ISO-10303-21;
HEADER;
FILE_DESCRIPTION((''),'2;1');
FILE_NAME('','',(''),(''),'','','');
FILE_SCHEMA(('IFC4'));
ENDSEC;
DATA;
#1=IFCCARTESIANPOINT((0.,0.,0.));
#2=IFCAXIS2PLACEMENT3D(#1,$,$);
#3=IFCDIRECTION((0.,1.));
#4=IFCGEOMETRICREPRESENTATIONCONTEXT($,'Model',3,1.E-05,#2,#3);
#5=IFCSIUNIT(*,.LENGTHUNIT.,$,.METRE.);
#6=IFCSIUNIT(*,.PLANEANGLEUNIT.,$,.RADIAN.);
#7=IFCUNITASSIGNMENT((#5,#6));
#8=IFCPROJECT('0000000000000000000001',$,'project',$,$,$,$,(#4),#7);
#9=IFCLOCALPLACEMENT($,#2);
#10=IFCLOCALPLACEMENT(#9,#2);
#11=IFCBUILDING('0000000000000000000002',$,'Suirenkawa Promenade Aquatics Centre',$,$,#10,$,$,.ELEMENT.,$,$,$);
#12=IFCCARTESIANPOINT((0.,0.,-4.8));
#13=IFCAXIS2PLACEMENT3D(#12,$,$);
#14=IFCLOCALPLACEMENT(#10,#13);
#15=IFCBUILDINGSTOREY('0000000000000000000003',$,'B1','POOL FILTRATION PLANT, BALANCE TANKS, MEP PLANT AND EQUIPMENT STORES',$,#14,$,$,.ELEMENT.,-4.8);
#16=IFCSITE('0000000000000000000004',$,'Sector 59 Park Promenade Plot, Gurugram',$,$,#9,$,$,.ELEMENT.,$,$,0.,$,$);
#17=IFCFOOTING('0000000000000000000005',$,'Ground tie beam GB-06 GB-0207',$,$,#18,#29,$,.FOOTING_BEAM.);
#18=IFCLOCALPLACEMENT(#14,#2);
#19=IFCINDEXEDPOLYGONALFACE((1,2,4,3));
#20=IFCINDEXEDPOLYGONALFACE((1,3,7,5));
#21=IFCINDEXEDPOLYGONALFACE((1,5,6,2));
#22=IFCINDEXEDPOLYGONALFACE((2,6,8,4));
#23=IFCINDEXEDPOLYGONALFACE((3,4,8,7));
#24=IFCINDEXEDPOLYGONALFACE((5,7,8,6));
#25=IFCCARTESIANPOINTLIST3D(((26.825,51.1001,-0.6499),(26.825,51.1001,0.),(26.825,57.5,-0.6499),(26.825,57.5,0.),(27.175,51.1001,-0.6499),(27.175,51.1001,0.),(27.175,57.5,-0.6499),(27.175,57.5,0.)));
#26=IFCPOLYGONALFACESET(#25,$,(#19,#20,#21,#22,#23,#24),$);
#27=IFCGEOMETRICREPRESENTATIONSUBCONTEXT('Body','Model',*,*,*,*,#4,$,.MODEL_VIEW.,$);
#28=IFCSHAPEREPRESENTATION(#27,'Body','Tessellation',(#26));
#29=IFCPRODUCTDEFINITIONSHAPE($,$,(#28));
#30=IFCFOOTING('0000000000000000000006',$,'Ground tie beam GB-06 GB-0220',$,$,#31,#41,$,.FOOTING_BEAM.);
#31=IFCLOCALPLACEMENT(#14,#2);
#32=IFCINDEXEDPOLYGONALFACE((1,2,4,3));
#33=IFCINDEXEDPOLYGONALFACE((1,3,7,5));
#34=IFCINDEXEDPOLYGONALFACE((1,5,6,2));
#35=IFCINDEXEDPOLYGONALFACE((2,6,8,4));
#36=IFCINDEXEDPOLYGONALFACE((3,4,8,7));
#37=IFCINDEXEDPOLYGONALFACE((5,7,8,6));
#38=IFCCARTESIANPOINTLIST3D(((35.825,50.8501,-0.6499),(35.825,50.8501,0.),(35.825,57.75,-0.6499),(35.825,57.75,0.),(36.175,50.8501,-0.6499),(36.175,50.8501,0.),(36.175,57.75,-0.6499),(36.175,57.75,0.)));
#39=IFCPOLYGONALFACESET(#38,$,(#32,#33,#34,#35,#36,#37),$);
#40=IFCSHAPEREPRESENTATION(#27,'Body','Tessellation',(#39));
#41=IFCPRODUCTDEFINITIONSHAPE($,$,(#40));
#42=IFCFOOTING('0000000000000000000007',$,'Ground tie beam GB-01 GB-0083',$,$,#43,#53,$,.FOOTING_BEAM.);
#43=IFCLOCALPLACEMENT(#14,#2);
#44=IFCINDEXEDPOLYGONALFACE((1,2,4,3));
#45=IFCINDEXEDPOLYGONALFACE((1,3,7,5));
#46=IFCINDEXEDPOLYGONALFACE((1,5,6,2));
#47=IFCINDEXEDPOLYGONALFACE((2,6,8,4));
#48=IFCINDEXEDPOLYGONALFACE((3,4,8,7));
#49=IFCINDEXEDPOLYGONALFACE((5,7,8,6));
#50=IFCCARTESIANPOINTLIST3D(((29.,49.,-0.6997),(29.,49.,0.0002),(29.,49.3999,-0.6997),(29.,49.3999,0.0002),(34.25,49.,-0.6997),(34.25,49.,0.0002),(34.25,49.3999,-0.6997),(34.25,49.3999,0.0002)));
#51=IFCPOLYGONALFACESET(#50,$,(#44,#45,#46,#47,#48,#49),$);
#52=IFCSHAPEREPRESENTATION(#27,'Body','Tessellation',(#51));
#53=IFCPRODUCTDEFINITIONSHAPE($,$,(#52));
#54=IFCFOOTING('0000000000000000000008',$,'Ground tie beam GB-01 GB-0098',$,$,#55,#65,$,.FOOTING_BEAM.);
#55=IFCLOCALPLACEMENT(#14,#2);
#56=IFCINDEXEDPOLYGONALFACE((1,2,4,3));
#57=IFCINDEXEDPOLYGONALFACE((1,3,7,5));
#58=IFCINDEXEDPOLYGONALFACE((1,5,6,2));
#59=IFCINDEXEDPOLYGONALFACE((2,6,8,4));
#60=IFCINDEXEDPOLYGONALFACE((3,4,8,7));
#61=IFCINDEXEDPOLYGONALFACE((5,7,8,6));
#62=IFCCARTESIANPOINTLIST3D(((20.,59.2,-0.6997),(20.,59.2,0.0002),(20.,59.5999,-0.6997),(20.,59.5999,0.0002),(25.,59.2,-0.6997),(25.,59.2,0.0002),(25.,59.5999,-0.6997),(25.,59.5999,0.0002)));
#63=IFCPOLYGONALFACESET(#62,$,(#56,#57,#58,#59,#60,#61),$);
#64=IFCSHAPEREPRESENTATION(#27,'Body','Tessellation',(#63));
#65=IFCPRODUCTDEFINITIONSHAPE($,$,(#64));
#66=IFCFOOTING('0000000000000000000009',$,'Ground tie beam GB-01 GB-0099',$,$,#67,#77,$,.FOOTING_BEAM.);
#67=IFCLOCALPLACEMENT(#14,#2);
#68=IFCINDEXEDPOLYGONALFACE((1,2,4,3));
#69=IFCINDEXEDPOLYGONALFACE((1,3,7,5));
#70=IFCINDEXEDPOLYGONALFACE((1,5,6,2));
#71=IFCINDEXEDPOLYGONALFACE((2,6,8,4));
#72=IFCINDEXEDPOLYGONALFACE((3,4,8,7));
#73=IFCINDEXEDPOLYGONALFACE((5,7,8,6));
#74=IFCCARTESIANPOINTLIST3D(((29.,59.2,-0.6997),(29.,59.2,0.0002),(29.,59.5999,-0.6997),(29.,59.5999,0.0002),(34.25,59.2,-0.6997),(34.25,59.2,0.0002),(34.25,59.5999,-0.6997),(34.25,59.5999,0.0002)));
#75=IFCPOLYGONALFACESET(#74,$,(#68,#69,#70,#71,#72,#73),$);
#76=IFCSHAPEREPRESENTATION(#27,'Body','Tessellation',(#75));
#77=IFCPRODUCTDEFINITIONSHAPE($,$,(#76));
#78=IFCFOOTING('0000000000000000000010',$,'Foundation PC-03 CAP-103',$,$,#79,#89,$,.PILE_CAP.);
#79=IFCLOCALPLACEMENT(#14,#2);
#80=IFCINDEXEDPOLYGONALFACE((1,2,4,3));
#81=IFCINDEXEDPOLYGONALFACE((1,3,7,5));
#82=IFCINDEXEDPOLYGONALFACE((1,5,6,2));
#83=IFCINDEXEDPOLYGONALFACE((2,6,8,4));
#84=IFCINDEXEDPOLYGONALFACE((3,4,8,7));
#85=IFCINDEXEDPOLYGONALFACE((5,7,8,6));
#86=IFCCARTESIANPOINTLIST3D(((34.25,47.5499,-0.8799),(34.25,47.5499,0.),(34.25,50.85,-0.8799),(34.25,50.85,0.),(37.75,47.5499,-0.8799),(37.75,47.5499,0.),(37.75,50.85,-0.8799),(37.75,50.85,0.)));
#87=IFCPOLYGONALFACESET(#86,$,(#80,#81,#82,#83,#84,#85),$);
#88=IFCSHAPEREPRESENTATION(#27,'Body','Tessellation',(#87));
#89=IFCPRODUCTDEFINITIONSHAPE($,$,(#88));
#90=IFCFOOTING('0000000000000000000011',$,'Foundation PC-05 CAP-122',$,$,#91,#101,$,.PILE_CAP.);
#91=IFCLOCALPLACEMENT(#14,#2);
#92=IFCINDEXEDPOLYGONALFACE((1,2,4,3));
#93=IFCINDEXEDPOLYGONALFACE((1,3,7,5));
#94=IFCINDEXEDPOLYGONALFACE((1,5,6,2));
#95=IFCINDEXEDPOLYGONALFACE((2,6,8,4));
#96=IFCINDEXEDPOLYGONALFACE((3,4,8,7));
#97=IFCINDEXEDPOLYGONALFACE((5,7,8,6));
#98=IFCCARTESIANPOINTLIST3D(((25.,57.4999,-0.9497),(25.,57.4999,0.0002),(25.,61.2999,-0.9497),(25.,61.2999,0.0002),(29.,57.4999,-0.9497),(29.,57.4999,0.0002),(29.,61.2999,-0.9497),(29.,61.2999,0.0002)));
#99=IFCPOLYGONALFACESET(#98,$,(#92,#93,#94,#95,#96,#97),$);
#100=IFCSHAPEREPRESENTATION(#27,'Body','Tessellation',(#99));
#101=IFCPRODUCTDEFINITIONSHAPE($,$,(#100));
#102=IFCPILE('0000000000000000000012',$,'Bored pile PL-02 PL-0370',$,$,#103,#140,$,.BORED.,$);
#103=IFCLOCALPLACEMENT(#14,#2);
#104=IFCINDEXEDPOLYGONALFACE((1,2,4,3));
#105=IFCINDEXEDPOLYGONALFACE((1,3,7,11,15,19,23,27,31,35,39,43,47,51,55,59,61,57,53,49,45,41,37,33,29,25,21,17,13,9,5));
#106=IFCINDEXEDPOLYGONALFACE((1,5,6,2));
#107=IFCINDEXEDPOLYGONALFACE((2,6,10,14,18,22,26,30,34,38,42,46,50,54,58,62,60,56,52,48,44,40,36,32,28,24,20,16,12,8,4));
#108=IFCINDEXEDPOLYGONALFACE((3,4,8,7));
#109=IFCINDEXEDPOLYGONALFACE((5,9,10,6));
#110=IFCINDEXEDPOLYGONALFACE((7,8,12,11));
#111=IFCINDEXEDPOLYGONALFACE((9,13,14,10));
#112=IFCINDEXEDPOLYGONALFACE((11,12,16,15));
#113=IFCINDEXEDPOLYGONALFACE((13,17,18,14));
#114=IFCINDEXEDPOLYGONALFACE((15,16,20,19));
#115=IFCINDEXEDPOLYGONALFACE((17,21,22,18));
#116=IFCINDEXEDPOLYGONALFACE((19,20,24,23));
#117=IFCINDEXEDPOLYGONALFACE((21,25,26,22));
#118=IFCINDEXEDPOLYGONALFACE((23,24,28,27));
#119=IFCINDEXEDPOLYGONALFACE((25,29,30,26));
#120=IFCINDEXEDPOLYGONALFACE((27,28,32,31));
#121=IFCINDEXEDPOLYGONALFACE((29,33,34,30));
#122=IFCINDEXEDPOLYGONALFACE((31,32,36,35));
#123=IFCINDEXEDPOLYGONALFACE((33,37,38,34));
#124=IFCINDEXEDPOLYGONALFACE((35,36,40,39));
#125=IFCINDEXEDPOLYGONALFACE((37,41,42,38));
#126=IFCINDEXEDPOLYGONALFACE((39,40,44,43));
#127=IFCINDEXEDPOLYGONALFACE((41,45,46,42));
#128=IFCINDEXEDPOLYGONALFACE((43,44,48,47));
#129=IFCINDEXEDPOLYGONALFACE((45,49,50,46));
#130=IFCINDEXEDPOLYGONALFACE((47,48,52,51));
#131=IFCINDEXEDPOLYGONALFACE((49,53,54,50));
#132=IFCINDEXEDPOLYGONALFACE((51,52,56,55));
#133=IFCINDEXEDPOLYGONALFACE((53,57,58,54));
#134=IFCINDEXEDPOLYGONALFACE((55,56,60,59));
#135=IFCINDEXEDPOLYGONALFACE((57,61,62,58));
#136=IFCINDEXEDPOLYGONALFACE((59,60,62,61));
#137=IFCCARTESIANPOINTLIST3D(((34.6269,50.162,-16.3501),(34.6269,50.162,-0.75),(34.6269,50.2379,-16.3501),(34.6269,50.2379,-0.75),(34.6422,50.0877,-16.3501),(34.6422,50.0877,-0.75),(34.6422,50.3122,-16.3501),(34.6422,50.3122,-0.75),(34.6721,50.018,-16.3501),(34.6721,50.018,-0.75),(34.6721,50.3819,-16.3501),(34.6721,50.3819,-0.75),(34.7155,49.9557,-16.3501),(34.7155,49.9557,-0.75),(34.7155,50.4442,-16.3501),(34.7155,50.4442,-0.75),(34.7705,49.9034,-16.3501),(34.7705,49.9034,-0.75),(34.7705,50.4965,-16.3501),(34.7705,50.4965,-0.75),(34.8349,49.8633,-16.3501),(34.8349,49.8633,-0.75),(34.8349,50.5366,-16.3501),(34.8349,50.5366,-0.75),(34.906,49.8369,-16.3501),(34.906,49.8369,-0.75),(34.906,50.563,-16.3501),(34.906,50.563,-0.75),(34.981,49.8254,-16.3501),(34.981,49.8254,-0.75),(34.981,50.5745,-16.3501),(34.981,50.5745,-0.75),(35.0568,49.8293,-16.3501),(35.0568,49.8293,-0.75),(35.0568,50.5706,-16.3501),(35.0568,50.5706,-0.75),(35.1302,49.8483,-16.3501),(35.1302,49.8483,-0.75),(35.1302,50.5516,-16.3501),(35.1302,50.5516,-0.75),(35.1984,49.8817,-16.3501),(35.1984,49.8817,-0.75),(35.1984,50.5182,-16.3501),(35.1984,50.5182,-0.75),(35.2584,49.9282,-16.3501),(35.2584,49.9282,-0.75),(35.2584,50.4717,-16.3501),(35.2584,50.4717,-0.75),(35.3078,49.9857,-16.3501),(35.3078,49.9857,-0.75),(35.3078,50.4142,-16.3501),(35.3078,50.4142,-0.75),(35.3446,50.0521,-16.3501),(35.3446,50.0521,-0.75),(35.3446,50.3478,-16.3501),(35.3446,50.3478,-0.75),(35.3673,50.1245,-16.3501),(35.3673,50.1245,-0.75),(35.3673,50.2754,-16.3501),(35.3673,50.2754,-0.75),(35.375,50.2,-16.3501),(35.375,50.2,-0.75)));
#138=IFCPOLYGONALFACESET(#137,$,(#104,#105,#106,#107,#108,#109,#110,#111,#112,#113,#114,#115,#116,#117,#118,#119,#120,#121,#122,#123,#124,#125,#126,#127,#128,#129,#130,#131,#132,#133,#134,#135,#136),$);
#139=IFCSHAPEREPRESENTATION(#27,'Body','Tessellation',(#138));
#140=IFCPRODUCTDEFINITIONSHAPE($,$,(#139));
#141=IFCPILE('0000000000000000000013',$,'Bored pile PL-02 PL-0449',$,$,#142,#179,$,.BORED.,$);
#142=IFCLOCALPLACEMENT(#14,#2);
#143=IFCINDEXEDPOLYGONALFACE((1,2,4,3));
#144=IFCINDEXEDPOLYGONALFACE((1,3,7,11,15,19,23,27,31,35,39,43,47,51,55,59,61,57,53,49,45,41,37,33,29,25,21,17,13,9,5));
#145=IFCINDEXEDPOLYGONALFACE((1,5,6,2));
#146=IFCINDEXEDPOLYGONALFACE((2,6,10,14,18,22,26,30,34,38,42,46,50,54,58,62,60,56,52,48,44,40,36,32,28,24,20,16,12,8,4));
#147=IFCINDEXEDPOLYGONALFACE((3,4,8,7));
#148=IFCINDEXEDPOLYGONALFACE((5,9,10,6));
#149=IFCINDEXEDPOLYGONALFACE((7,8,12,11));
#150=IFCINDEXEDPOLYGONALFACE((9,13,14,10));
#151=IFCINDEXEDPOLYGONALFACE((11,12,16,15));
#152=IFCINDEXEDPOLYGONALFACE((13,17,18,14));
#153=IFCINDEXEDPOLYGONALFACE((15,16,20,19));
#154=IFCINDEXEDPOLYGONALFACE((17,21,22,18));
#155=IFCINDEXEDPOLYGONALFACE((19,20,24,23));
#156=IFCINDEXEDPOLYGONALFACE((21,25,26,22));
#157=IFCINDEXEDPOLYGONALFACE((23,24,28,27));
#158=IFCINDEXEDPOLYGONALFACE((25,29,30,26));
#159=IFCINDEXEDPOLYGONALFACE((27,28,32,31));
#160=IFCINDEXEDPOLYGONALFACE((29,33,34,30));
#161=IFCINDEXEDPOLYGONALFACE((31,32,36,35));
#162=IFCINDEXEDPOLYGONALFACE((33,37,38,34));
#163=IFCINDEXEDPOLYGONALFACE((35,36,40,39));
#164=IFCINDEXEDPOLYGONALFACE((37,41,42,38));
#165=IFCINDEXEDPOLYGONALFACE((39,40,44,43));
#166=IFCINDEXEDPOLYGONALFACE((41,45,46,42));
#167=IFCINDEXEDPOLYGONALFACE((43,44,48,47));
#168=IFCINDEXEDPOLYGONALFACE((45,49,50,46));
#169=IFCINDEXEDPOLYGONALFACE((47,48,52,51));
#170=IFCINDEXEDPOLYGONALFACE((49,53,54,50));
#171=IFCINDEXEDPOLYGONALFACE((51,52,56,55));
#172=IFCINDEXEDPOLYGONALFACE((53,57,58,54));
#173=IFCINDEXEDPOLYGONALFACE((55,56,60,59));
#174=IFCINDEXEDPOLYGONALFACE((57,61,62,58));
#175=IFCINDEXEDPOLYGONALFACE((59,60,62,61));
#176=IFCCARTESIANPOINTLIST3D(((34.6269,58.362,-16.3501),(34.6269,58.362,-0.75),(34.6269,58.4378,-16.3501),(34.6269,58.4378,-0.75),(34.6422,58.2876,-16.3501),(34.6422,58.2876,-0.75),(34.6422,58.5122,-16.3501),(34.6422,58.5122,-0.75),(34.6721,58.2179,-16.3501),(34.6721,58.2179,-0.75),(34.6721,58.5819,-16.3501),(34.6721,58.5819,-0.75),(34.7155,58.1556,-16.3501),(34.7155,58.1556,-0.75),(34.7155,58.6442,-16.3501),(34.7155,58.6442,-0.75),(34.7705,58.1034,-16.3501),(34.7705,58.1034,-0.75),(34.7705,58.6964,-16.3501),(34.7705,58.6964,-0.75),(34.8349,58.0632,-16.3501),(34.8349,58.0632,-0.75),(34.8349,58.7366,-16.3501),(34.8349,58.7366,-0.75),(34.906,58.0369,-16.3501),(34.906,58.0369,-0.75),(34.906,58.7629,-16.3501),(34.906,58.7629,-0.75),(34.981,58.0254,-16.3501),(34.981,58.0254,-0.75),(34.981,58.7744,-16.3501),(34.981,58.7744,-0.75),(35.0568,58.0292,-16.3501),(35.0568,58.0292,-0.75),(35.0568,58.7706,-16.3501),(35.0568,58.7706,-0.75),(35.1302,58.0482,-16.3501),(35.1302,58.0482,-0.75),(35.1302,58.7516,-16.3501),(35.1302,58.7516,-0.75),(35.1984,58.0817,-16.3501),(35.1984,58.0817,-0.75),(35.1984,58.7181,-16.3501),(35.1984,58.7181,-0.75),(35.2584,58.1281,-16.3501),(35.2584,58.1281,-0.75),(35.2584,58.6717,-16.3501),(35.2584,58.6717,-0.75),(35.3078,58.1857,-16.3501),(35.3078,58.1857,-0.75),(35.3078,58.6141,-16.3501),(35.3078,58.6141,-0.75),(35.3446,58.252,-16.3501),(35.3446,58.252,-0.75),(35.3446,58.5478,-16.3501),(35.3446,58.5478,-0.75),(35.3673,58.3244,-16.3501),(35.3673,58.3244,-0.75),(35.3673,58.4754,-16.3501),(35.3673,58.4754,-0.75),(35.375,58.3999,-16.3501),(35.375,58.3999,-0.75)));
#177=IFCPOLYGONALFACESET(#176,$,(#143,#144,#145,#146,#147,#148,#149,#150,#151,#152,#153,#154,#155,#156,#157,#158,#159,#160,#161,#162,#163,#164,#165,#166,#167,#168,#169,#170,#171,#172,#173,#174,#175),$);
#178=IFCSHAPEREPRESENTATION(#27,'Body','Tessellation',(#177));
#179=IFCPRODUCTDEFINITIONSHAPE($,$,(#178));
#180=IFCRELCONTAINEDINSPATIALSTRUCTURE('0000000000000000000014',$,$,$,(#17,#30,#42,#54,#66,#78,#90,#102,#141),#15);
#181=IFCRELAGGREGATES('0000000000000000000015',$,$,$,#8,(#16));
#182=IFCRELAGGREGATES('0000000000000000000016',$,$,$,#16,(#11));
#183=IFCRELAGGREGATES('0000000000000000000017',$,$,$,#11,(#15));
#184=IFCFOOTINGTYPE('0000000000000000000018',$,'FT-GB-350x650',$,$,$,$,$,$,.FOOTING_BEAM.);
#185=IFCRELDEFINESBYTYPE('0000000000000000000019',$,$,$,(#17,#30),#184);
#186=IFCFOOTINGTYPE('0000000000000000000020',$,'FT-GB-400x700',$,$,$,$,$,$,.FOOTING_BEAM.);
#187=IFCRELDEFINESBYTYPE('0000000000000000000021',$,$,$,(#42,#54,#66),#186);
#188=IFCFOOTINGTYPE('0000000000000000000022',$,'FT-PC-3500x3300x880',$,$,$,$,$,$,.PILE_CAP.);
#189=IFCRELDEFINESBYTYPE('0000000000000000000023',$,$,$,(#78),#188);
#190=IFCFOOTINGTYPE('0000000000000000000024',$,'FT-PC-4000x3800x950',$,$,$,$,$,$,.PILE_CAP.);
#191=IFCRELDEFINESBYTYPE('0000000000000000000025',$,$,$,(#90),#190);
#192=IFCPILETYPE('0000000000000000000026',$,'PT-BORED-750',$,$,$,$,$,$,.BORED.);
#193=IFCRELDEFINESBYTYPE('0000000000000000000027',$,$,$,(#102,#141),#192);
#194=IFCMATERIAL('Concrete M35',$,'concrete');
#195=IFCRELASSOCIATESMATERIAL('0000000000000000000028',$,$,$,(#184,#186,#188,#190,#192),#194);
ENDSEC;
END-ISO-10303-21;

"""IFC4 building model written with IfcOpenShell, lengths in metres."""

from ifc_helpers import new_model, si_unit, direction, frame, origin, origin_2d, place, context, subcontext, project, spatial, rectangle, circle, extrude, material, material_profile, profile_set, type_object, element, save


model = new_model("IFC4")

# Units and contexts
model_context = context("Model", 3, precision=1e-05, world=origin(), true_north=direction((0.0, 1.0)))
body_context = subcontext(model_context, "Body", "Model", "MODEL_VIEW")
ifc_project = project(units=[si_unit("LENGTHUNIT", "METRE"), si_unit("PLANEANGLEUNIT", "RADIAN")], contexts=[model_context])

# Site, building, storey
site_placement = place(None, origin())
site = spatial("IfcSite", under=ifc_project, at=site_placement, Name="Sector 59 Park Promenade Plot, Gurugram", CompositionType="ELEMENT", RefElevation=0.0)
building_placement = place(site_placement, origin())
building = spatial("IfcBuilding", under=site, at=building_placement, Name="Suirenkawa Promenade Aquatics Centre", CompositionType="ELEMENT")
storey_placement = place(building_placement, frame((0.0, 0.0, -4.8)))
storey = spatial("IfcBuildingStorey", under=building, at=storey_placement, Name="B1", Description="POOL FILTRATION PLANT, BALANCE TANKS, MEP PLANT AND EQUIPMENT STORES", CompositionType="ELEMENT", Elevation=-4.8)

# Footings
ifc_material_1 = material(Name="Concrete M35", Category="concrete")
footing_type_1 = type_object("IfcFootingType", Name="FT-GB-350x650", PredefinedType="FOOTING_BEAM", material=ifc_material_1)
footing_1_placement = place(storey_placement, frame((27.0, 54.3, -0.6499), z_axis=(0.0, 0.0, 1.0), x_axis=(0.0, 1.0, 0.0)))
element("IfcFooting", 1, at=footing_1_placement, inside=storey, type_object=footing_type_1, Name="Ground tie beam GB-06 GB-0207", PredefinedType="FOOTING_BEAM", context=body_context, shape_type="SweptSolid", body=[
    extrude(rectangle(XDim=6.3999, YDim=0.3501, at=origin_2d()), origin(), (0.0, 0.0, 1.0), 0.6499),
])
footing_2_placement = place(storey_placement, frame((36.0, 54.3, -0.6499), z_axis=(0.0, 0.0, 1.0), x_axis=(0.0, 1.0, 0.0)))
element("IfcFooting", 2, at=footing_2_placement, inside=storey, type_object=footing_type_1, Name="Ground tie beam GB-06 GB-0220", PredefinedType="FOOTING_BEAM", context=body_context, shape_type="SweptSolid", body=[
    extrude(rectangle(XDim=6.8999, YDim=0.3501, at=origin_2d()), origin(), (0.0, 0.0, 1.0), 0.6499),
])
footing_type_2 = type_object("IfcFootingType", Name="FT-GB-400x700", PredefinedType="FOOTING_BEAM", material=ifc_material_1)
footing_3_placement = place(storey_placement, frame((31.625, 49.2, -0.6997), z_axis=(0.0, 0.0, 1.0), x_axis=(1.0, 0.0, 0.0)))
element("IfcFooting", 3, at=footing_3_placement, inside=storey, type_object=footing_type_2, Name="Ground tie beam GB-01 GB-0083", PredefinedType="FOOTING_BEAM", context=body_context, shape_type="SweptSolid", body=[
    extrude(rectangle(XDim=5.25, YDim=0.3999, at=origin_2d()), origin(), (0.0, 0.0, 1.0), 0.7),
])
footing_4_placement = place(storey_placement, frame((22.5, 59.3999, -0.6997), z_axis=(0.0, 0.0, 1.0), x_axis=(1.0, 0.0, 0.0)))
element("IfcFooting", 4, at=footing_4_placement, inside=storey, type_object=footing_type_2, Name="Ground tie beam GB-01 GB-0098", PredefinedType="FOOTING_BEAM", context=body_context, shape_type="SweptSolid", body=[
    extrude(rectangle(XDim=5.0, YDim=0.3999, at=origin_2d()), origin(), (0.0, 0.0, 1.0), 0.7),
])
footing_5_placement = place(storey_placement, frame((31.625, 59.3999, -0.6997), z_axis=(0.0, 0.0, 1.0), x_axis=(1.0, 0.0, 0.0)))
element("IfcFooting", 5, at=footing_5_placement, inside=storey, type_object=footing_type_2, Name="Ground tie beam GB-01 GB-0099", PredefinedType="FOOTING_BEAM", context=body_context, shape_type="SweptSolid", body=[
    extrude(rectangle(XDim=5.25, YDim=0.3999, at=origin_2d()), origin(), (0.0, 0.0, 1.0), 0.7),
])
footing_type_3 = type_object("IfcFootingType", Name="FT-PC-3500x3300x880", PredefinedType="PILE_CAP", material=ifc_material_1)
footing_6_placement = place(storey_placement, frame((36.0, 49.2, -0.8799), z_axis=(0.0, 0.0, 1.0), x_axis=(1.0, 0.0, 0.0)))
element("IfcFooting", 6, at=footing_6_placement, inside=storey, type_object=footing_type_3, Name="Foundation PC-03 CAP-103", PredefinedType="PILE_CAP", context=body_context, shape_type="SweptSolid", body=[
    extrude(rectangle(XDim=3.5, YDim=3.3, at=origin_2d()), origin(), (0.0, 0.0, 1.0), 0.8799),
])
footing_type_4 = type_object("IfcFootingType", Name="FT-PC-4000x3800x950", PredefinedType="PILE_CAP", material=ifc_material_1)
footing_7_placement = place(storey_placement, frame((27.0, 59.3999, -0.9497), z_axis=(0.0, 0.0, 1.0), x_axis=(1.0, 0.0, 0.0)))
element("IfcFooting", 7, at=footing_7_placement, inside=storey, type_object=footing_type_4, Name="Foundation PC-05 CAP-122", PredefinedType="PILE_CAP", context=body_context, shape_type="SweptSolid", body=[
    extrude(rectangle(XDim=4.0, YDim=3.8, at=origin_2d()), origin(), (0.0, 0.0, 1.0), 0.95),
])

# Piles
ifc_material_profile_1 = material_profile(ifc_material_1, circle(Radius=0.375, at=origin_2d()), Name="PILE D750", Category="concrete")
ifc_profile_set_1 = profile_set([ifc_material_profile_1], Name="Concrete M35")
pile_type_1 = type_object("IfcPileType", Name="PT-BORED-750", PredefinedType="BORED", material=ifc_profile_set_1)
for number, where, z_axis, x_axis, name in (
    (8, (35.0, 50.2, -0.75), (0.0, 0.0, -1.0), (1.0, 0.0, 0.0), "Bored pile PL-02 PL-0370"),
    (9, (35.0, 58.3999, -0.75), (0.0, 0.0, -1.0), (1.0, 0.0, 0.0), "Bored pile PL-02 PL-0449"),
):
    element("IfcPile", number, at=place(storey_placement, frame(where, z_axis=z_axis, x_axis=x_axis)), inside=storey, type_object=pile_type_1, Name=name, PredefinedType="BORED", context=body_context, shape_type="SweptSolid", body=[
        extrude(circle(Radius=0.375, at=origin_2d()), origin(), (0.0, 0.0, 1.0), 15.6001),
    ])

save(model, "model.ifc")
